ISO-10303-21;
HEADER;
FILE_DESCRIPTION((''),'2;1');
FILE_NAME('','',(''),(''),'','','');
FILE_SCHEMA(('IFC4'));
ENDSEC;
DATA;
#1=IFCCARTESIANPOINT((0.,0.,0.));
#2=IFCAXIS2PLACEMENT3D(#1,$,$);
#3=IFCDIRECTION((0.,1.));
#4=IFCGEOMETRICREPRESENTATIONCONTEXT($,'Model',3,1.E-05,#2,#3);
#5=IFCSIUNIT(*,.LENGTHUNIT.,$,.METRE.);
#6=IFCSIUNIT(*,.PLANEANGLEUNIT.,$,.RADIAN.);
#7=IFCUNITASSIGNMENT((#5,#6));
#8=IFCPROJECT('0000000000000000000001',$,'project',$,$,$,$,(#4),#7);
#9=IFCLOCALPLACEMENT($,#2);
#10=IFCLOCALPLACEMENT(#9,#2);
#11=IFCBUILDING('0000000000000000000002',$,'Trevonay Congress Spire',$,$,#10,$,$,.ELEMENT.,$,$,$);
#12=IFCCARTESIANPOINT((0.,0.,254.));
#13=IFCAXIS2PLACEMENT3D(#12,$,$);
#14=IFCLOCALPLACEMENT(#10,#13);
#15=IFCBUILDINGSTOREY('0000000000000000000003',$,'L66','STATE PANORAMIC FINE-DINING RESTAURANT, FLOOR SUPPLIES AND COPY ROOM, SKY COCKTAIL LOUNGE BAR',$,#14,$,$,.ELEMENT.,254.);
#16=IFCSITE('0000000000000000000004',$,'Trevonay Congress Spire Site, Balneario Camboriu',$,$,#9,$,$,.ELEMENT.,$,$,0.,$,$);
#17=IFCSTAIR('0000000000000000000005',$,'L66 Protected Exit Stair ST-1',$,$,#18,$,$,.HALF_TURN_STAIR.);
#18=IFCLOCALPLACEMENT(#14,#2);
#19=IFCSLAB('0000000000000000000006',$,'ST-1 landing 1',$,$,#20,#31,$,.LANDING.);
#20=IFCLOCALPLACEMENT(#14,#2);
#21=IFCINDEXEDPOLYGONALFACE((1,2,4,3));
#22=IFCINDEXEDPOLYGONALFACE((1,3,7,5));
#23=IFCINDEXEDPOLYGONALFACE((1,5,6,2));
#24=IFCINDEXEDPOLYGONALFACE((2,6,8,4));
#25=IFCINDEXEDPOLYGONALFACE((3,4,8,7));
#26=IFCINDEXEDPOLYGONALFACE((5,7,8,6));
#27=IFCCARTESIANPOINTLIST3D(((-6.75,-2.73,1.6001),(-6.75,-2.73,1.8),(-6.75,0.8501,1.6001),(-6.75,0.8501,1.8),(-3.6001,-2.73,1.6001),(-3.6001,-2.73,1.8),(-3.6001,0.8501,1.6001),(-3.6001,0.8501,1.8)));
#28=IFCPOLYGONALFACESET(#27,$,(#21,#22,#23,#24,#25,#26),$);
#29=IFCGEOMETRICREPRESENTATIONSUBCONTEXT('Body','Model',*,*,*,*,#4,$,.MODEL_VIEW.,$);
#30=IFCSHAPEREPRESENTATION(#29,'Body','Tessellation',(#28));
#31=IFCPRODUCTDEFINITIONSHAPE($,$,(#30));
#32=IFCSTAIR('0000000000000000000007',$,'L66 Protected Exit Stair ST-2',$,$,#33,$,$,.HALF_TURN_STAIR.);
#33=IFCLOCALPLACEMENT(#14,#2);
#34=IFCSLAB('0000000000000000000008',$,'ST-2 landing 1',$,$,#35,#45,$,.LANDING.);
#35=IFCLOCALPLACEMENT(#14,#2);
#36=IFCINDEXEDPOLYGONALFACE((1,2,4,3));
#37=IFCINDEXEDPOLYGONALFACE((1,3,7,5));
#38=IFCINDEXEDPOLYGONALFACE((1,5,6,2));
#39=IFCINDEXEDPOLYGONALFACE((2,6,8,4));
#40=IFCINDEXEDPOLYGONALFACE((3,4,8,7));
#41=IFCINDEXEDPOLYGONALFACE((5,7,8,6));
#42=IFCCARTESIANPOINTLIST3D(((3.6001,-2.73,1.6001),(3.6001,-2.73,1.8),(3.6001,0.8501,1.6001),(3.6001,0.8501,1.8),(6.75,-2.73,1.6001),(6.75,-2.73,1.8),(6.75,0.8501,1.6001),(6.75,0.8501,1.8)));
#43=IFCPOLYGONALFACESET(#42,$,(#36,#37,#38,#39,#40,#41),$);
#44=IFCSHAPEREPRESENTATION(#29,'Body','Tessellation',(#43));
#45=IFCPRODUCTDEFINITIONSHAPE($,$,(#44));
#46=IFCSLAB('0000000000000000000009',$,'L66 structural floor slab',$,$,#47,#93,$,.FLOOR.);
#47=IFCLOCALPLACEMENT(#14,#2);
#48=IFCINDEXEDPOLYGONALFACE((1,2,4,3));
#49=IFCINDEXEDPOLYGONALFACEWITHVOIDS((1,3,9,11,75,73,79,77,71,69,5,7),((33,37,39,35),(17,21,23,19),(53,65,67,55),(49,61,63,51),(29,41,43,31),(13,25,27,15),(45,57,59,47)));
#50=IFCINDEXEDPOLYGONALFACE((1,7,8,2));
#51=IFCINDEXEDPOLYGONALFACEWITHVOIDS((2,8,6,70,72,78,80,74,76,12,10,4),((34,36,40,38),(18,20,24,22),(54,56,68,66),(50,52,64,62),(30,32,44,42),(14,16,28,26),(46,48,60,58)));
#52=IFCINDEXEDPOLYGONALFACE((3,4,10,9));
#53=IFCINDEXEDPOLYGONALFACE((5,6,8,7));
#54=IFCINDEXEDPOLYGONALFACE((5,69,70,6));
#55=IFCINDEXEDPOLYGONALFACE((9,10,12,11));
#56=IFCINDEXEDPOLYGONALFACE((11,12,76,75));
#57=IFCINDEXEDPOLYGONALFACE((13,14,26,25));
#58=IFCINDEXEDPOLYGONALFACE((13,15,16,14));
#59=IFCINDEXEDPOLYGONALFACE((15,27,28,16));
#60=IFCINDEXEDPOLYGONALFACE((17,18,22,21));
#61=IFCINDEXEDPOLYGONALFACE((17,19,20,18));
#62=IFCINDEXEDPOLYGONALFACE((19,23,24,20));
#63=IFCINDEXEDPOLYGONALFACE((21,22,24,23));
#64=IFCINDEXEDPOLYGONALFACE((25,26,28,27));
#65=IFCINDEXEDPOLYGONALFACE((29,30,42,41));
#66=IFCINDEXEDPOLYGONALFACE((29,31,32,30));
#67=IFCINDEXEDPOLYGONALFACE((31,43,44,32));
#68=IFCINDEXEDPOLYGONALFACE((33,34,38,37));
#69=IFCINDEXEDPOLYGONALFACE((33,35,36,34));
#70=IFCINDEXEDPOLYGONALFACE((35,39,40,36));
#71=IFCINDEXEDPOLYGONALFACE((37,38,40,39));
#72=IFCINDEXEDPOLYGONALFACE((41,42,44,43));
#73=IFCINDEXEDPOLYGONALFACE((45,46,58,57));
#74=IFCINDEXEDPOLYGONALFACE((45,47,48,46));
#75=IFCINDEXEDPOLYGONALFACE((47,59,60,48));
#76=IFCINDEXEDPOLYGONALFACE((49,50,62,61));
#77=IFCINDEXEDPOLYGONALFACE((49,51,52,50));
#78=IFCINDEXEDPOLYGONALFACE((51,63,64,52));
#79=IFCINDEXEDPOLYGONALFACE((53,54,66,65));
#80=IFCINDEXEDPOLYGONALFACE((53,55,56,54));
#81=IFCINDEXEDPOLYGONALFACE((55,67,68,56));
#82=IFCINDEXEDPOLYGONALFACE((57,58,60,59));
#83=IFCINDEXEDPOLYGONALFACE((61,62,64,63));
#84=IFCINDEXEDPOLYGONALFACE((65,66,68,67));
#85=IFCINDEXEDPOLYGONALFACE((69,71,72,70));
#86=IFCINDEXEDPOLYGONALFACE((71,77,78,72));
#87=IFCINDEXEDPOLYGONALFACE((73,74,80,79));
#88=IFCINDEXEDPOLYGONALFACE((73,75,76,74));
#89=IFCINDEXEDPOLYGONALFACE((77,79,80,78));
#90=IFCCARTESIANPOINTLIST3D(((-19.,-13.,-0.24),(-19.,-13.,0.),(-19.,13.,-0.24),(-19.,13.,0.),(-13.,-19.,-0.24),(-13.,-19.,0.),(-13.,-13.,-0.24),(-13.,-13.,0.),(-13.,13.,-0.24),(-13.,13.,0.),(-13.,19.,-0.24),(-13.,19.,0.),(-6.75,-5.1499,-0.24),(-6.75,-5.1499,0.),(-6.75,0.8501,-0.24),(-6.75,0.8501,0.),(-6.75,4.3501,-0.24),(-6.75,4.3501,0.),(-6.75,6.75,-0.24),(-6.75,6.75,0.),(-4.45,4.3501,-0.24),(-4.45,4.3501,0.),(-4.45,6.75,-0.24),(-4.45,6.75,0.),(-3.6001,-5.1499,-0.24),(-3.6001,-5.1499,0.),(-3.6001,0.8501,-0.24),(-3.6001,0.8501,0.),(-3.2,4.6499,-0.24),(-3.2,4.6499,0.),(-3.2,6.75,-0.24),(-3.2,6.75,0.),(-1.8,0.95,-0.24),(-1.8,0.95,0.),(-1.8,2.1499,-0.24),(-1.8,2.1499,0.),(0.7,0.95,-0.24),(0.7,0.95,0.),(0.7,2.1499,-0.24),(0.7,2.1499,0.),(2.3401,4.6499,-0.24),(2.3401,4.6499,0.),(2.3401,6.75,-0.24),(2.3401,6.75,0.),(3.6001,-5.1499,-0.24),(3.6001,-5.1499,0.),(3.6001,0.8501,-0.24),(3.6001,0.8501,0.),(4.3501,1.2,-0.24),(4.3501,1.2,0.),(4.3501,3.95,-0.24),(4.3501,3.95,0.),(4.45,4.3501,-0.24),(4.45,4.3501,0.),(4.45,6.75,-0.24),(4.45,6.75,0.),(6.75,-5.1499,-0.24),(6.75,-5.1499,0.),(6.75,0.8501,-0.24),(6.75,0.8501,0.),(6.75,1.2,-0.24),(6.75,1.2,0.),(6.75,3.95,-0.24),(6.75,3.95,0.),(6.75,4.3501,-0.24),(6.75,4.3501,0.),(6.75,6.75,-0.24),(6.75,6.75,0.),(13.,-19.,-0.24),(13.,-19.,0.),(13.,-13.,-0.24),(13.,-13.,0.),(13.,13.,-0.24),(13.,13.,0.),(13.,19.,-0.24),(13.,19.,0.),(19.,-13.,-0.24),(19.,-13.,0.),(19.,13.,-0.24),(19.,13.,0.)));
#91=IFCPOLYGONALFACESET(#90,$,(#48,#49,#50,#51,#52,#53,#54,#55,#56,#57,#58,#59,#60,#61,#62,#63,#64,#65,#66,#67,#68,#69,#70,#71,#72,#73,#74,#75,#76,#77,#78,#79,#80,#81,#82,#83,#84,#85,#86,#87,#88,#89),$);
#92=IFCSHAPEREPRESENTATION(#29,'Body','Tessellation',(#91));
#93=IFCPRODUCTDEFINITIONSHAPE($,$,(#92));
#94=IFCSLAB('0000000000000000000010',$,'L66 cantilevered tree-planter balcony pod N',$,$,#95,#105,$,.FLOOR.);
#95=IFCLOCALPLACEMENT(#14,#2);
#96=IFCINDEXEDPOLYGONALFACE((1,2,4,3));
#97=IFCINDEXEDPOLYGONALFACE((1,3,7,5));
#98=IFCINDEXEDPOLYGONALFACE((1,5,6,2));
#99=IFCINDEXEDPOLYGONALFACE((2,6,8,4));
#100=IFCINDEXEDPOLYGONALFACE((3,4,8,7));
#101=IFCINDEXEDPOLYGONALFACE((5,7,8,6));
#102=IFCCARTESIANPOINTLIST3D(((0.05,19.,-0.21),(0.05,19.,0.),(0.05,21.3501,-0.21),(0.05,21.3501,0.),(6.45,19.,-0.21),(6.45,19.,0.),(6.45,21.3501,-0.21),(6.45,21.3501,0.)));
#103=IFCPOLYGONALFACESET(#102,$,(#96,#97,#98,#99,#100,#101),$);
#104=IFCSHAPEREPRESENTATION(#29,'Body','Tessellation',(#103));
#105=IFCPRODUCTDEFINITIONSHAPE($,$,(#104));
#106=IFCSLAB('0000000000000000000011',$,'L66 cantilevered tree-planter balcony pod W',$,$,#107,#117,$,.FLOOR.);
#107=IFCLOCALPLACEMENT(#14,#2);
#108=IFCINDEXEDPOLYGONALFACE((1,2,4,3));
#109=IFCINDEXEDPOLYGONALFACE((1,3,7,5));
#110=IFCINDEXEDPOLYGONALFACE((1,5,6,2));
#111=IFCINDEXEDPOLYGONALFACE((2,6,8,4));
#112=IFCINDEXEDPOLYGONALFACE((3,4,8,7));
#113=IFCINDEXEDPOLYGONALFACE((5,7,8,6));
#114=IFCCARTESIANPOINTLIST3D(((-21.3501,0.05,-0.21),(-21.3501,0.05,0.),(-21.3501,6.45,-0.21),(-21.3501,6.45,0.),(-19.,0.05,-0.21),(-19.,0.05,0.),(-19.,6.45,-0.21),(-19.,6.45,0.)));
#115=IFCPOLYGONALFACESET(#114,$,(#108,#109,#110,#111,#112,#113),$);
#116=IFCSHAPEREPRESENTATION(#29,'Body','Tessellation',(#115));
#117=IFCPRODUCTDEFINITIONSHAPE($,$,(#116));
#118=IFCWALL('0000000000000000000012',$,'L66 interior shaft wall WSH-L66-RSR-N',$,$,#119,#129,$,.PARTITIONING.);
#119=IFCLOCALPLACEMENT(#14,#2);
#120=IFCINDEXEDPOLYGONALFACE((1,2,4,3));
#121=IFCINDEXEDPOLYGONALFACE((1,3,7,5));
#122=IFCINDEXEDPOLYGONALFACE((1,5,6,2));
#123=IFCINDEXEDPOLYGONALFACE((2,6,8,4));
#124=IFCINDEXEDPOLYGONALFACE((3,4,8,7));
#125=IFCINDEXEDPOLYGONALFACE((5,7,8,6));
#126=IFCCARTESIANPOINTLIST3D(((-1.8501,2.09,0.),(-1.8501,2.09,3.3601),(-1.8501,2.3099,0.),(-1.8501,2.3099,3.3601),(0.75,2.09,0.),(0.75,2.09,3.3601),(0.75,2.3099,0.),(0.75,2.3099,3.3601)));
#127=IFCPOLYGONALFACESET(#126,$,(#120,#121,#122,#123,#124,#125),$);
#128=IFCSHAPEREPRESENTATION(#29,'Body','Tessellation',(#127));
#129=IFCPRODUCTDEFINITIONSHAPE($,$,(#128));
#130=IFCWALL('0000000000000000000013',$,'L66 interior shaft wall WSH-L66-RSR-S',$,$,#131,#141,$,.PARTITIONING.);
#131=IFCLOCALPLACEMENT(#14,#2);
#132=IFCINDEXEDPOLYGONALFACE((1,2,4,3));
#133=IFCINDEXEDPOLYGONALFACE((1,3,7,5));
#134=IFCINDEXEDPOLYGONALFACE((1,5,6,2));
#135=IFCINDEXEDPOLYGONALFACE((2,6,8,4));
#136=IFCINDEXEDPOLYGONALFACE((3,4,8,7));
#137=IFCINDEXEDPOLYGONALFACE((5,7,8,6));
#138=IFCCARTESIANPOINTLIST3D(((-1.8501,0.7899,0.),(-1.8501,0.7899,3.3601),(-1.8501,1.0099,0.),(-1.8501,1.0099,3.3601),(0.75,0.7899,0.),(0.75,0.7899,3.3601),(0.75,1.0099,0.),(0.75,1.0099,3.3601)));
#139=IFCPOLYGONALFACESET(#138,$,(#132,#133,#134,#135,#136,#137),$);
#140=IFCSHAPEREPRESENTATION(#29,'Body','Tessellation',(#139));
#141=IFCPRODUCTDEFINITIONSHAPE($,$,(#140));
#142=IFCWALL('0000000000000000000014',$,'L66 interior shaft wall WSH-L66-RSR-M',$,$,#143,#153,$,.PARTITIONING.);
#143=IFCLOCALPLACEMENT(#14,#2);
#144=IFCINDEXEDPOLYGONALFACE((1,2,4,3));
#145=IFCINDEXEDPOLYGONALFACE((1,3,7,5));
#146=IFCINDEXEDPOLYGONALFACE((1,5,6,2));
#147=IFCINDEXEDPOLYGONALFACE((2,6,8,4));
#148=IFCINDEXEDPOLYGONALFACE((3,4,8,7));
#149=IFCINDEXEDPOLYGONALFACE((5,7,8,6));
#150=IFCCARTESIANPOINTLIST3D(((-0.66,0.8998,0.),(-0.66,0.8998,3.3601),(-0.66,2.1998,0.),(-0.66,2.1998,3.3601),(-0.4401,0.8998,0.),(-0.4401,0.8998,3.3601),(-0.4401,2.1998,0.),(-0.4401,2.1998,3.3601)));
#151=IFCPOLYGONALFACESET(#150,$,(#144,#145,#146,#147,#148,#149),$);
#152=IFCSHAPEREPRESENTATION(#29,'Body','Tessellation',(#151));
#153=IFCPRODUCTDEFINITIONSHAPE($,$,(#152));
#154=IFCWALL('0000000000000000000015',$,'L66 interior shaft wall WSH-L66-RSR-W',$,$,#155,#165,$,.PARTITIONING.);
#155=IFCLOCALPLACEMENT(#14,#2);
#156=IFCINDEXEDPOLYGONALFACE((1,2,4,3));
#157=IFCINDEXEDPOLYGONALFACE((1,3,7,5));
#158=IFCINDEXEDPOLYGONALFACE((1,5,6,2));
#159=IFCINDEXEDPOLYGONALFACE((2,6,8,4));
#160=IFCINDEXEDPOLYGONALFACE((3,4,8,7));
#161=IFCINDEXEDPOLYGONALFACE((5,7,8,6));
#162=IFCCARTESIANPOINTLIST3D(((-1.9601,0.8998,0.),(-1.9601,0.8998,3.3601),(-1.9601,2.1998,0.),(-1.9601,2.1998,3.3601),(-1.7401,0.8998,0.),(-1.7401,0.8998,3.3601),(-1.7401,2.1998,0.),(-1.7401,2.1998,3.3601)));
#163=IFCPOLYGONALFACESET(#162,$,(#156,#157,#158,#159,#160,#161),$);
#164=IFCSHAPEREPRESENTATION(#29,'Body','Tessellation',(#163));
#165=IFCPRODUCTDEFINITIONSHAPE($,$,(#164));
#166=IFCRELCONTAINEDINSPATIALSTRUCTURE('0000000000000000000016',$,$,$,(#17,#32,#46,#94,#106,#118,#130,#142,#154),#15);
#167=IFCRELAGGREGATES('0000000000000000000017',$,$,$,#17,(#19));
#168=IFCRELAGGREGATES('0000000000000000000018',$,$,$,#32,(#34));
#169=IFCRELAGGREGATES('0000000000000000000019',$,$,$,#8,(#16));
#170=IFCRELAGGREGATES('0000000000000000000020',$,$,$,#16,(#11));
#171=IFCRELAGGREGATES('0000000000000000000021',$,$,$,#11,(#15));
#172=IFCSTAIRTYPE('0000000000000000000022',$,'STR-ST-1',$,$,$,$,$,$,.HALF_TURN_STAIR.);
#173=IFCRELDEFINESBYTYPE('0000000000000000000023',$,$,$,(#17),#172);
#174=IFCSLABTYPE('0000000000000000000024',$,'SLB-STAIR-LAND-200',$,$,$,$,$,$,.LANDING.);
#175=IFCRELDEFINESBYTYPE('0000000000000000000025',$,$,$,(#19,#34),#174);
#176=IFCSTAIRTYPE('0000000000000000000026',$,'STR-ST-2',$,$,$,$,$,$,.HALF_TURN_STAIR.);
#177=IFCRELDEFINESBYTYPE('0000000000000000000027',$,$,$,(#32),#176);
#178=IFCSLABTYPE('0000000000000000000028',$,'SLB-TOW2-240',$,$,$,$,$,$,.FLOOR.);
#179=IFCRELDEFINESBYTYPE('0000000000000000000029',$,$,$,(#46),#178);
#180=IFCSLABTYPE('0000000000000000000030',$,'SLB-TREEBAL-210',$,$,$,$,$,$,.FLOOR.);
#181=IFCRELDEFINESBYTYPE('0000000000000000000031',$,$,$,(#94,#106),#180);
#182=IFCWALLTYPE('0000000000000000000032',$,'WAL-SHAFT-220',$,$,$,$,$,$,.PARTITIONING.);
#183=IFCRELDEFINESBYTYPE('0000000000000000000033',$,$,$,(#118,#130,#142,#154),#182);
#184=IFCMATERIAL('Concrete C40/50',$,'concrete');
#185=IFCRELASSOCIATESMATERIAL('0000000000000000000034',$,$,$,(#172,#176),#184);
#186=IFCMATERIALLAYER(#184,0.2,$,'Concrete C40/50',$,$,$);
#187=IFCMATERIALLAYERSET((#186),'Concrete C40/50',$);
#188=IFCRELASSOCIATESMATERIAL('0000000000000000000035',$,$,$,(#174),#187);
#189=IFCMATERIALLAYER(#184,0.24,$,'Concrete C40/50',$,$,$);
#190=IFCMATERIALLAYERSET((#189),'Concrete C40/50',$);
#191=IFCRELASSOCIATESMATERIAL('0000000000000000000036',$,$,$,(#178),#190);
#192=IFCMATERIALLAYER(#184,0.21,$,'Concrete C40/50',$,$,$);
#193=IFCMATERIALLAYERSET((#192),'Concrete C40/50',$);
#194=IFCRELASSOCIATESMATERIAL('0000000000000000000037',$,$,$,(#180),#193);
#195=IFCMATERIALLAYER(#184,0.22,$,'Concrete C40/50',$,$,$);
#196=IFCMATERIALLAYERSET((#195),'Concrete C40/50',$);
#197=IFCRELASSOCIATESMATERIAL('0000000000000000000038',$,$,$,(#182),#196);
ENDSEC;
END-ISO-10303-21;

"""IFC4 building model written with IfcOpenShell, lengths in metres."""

from ifc_helpers import new_model, si_unit, direction, frame, frame_2d, origin, place, context, subcontext, project, spatial, polyline, rectangle, outline, extrude, material, layer, layer_set, type_object, element, aggregate, save


model = new_model("IFC4")

# Units and contexts
model_context = context("Model", 3, precision=1e-05, world=origin(), true_north=direction((0.0, 1.0)))
body_context = subcontext(model_context, "Body", "Model", "MODEL_VIEW")
ifc_project = project(units=[si_unit("LENGTHUNIT", "METRE"), si_unit("PLANEANGLEUNIT", "RADIAN")], contexts=[model_context])

# Site, building, storey
site_placement = place(None, origin())
site = spatial("IfcSite", under=ifc_project, at=site_placement, Name="Trevonay Congress Spire Site, Balneario Camboriu", CompositionType="ELEMENT", RefElevation=0.0)
building_placement = place(site_placement, origin())
building = spatial("IfcBuilding", under=site, at=building_placement, Name="Trevonay Congress Spire", CompositionType="ELEMENT")
storey_placement = place(building_placement, frame((0.0, 0.0, 254.0)))
storey = spatial("IfcBuildingStorey", under=building, at=storey_placement, Name="L66", Description="STATE PANORAMIC FINE-DINING RESTAURANT, FLOOR SUPPLIES AND COPY ROOM, SKY COCKTAIL LOUNGE BAR", CompositionType="ELEMENT", Elevation=254.0)

# Stairs, slabs
ifc_material_1 = material(Name="Concrete C40/50", Category="concrete")
stair_type_1 = type_object("IfcStairType", Name="STR-ST-1", PredefinedType="HALF_TURN_STAIR", material=ifc_material_1)
stair_1_placement = place(storey_placement, origin())
stair_1 = element("IfcStair", 1, at=stair_1_placement, inside=storey, type_object=stair_type_1, Name="L66 Protected Exit Stair ST-1", PredefinedType="HALF_TURN_STAIR")
ifc_layer_1 = layer(ifc_material_1, 0.2, Name="Concrete C40/50")
ifc_layer_set_1 = layer_set([ifc_layer_1], Name="Concrete C40/50")
slab_type_1 = type_object("IfcSlabType", Name="SLB-STAIR-LAND-200", PredefinedType="LANDING", material=ifc_layer_set_1)
slab_1_placement = place(storey_placement, frame((0.0, 0.0, 1.6001)))
slab_1 = element("IfcSlab", 2, at=slab_1_placement, type_object=slab_type_1, Name="ST-1 landing 1", PredefinedType="LANDING", context=body_context, shape_type="SweptSolid", body=[
    extrude(outline(polyline([(-3.6001, -2.73), (-3.6001, 0.8501), (-6.75, 0.8501), (-6.75, -2.73), (-3.6001, -2.73)])), origin(), (0.0, 0.0, 1.0), 0.2),
])
aggregate(stair_1, [slab_1])
stair_type_2 = type_object("IfcStairType", Name="STR-ST-2", PredefinedType="HALF_TURN_STAIR", material=ifc_material_1)
stair_2_placement = place(storey_placement, origin())
stair_2 = element("IfcStair", 3, at=stair_2_placement, inside=storey, type_object=stair_type_2, Name="L66 Protected Exit Stair ST-2", PredefinedType="HALF_TURN_STAIR")
slab_2_placement = place(storey_placement, frame((0.0, 0.0, 1.6001)))
slab_2 = element("IfcSlab", 4, at=slab_2_placement, type_object=slab_type_1, Name="ST-2 landing 1", PredefinedType="LANDING", context=body_context, shape_type="SweptSolid", body=[
    extrude(outline(polyline([(6.75, -2.73), (6.75, 0.8501), (3.6001, 0.8501), (3.6001, -2.73), (6.75, -2.73)])), origin(), (0.0, 0.0, 1.0), 0.2),
])
aggregate(stair_2, [slab_2])

# Slabs
ifc_layer_2 = layer(ifc_material_1, 0.24, Name="Concrete C40/50")
ifc_layer_set_2 = layer_set([ifc_layer_2], Name="Concrete C40/50")
slab_type_2 = type_object("IfcSlabType", Name="SLB-TOW2-240", PredefinedType="FLOOR", material=ifc_layer_set_2)
slab_3_placement = place(storey_placement, frame((0.0, 0.0, -0.24)))
element("IfcSlab", 5, at=slab_3_placement, inside=storey, type_object=slab_type_2, Name="L66 structural floor slab", PredefinedType="FLOOR", context=body_context, shape_type="SweptSolid", body=[
    extrude(outline(polyline([(-13.0, -19.0), (13.0, -19.0), (13.0, -13.0), (19.0, -13.0), (19.0, 13.0), (13.0, 13.0), (13.0, 19.0), (-13.0, 19.0), (-13.0, 13.0), (-19.0, 13.0), (-19.0, -13.0), (-13.0, -13.0), (-13.0, -19.0)]), holes=[polyline([(-3.6001, -5.1499), (-3.6001, 0.8501), (-6.75, 0.8501), (-6.75, -5.1499), (-3.6001, -5.1499)]), polyline([(6.75, -5.1499), (6.75, 0.8501), (3.6001, 0.8501), (3.6001, -5.1499), (6.75, -5.1499)]), polyline([(-3.2, 4.6499), (2.3401, 4.6499), (2.3401, 6.75), (-3.2, 6.75), (-3.2, 4.6499)]), polyline([(-6.75, 4.3501), (-4.45, 4.3501), (-4.45, 6.75), (-6.75, 6.75), (-6.75, 4.3501)]), polyline([(4.45, 4.3501), (6.75, 4.3501), (6.75, 6.75), (4.45, 6.75), (4.45, 4.3501)]), polyline([(4.3501, 1.2), (6.75, 1.2), (6.75, 3.95), (4.3501, 3.95), (4.3501, 1.2)]), polyline([(-1.8, 0.95), (0.7, 0.95), (0.7, 2.1499), (-1.8, 2.1499), (-1.8, 0.95)])]), origin(), (0.0, 0.0, 1.0), 0.24),
])
ifc_layer_3 = layer(ifc_material_1, 0.21, Name="Concrete C40/50")
ifc_layer_set_3 = layer_set([ifc_layer_3], Name="Concrete C40/50")
slab_type_3 = type_object("IfcSlabType", Name="SLB-TREEBAL-210", PredefinedType="FLOOR", material=ifc_layer_set_3)
slab_4_placement = place(storey_placement, frame((0.0, 0.0, -0.21)))
element("IfcSlab", 6, at=slab_4_placement, inside=storey, type_object=slab_type_3, Name="L66 cantilevered tree-planter balcony pod N", PredefinedType="FLOOR", context=body_context, shape_type="SweptSolid", body=[
    extrude(outline(polyline([(0.05, 19.0), (6.45, 19.0), (6.45, 21.3501), (0.05, 21.3501), (0.05, 19.0)])), origin(), (0.0, 0.0, 1.0), 0.21),
])
slab_5_placement = place(storey_placement, frame((0.0, 0.0, -0.21)))
element("IfcSlab", 7, at=slab_5_placement, inside=storey, type_object=slab_type_3, Name="L66 cantilevered tree-planter balcony pod W", PredefinedType="FLOOR", context=body_context, shape_type="SweptSolid", body=[
    extrude(outline(polyline([(-21.3501, 0.05), (-19.0, 0.05), (-19.0, 6.45), (-21.3501, 6.45), (-21.3501, 0.05)])), origin(), (0.0, 0.0, 1.0), 0.21),
])

# Walls
ifc_layer_4 = layer(ifc_material_1, 0.22, Name="Concrete C40/50")
ifc_layer_set_4 = layer_set([ifc_layer_4], Name="Concrete C40/50")
wall_type_1 = type_object("IfcWallType", Name="WAL-SHAFT-220", PredefinedType="PARTITIONING", material=ifc_layer_set_4)
for number, where, z_axis, x_axis, name in (
    (8, (-1.8501, 2.2, 0.0), (0.0, 0.0, 1.0), (1.0, 0.0, 0.0), "L66 interior shaft wall WSH-L66-RSR-N"),
    (9, (-1.8501, 0.8999, 0.0), (0.0, 0.0, 1.0), (1.0, 0.0, 0.0), "L66 interior shaft wall WSH-L66-RSR-S"),
):
    element("IfcWall", number, at=place(storey_placement, frame(where, z_axis=z_axis, x_axis=x_axis)), inside=storey, type_object=wall_type_1, Name=name, PredefinedType="PARTITIONING", context=body_context, shape_type="SweptSolid", body=[
        extrude(rectangle(XDim=2.6001, YDim=0.22, at=frame_2d((1.3, 0.0))), origin(), (0.0, 0.0, 1.0), 3.3601),
    ])
for number, where, z_axis, x_axis, name in (
    (10, (-0.55, 0.8999, 0.0), (0.0, 0.0, 1.0), (0.0, 1.0, 0.0), "L66 interior shaft wall WSH-L66-RSR-M"),
    (11, (-1.8501, 0.8999, 0.0), (0.0, 0.0, 1.0), (0.0, 1.0, 0.0), "L66 interior shaft wall WSH-L66-RSR-W"),
):
    element("IfcWall", number, at=place(storey_placement, frame(where, z_axis=z_axis, x_axis=x_axis)), inside=storey, type_object=wall_type_1, Name=name, PredefinedType="PARTITIONING", context=body_context, shape_type="SweptSolid", body=[
        extrude(rectangle(XDim=1.3, YDim=0.22, at=frame_2d((0.6499, 0.0))), origin(), (0.0, 0.0, 1.0), 3.3601),
    ])

save(model, "model.ifc")
